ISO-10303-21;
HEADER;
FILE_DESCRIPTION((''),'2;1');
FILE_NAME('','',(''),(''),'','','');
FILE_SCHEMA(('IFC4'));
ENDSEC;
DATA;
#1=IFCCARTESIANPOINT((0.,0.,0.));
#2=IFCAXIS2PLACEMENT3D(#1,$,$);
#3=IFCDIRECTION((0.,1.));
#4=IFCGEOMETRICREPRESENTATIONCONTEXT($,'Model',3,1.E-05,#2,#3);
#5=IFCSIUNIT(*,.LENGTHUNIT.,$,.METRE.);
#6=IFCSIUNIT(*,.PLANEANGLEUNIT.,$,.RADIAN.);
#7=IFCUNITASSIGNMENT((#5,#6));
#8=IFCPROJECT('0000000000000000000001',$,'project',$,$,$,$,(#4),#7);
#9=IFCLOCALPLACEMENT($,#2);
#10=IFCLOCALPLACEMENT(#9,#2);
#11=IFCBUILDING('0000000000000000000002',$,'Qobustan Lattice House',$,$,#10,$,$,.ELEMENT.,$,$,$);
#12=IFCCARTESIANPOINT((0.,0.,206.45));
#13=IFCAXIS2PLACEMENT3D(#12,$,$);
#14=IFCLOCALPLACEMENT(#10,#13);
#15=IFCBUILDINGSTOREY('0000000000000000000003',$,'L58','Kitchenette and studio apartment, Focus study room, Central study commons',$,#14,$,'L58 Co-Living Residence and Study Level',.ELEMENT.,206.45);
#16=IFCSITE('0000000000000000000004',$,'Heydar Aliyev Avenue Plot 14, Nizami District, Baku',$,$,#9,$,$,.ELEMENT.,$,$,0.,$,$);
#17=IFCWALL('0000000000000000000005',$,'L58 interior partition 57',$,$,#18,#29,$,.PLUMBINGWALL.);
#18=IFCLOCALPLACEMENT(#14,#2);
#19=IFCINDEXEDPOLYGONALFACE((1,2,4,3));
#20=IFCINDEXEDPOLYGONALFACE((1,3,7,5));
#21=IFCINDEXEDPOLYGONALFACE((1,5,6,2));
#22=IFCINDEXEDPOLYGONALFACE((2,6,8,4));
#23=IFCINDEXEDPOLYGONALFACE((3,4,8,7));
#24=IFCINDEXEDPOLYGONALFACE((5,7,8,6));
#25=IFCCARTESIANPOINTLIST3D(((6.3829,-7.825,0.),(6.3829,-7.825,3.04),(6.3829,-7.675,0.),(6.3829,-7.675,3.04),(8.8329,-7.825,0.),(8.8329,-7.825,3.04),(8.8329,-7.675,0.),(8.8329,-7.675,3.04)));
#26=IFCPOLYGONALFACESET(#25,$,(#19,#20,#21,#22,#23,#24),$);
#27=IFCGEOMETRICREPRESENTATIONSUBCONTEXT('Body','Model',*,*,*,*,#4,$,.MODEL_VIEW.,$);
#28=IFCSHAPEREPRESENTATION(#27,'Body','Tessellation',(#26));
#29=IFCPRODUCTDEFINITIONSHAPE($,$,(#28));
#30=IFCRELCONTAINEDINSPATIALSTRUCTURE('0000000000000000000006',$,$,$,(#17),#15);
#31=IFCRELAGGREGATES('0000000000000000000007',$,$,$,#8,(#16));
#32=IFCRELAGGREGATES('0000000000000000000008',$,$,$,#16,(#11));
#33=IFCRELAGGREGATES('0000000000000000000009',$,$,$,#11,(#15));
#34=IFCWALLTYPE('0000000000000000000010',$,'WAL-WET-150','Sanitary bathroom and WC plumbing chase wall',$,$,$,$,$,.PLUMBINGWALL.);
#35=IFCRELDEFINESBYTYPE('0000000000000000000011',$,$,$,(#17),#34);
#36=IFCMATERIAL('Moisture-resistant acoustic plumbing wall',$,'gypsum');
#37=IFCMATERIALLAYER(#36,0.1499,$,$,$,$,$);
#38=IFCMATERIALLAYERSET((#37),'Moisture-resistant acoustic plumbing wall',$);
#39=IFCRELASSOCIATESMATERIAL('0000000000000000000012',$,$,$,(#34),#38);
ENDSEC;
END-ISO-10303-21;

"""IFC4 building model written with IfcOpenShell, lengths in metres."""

from ifc_helpers import new_model, si_unit, direction, frame, frame_2d, origin, place, context, subcontext, project, spatial, rectangle, extrude, material, layer, layer_set, type_object, element, save


model = new_model("IFC4")

# Units and contexts
model_context = context("Model", 3, precision=1e-05, world=origin(), true_north=direction((0.0, 1.0)))
body_context = subcontext(model_context, "Body", "Model", "MODEL_VIEW")
ifc_project = project(units=[si_unit("LENGTHUNIT", "METRE"), si_unit("PLANEANGLEUNIT", "RADIAN")], contexts=[model_context])

# Site, building, storey
site_placement = place(None, origin())
site = spatial("IfcSite", under=ifc_project, at=site_placement, Name="Heydar Aliyev Avenue Plot 14, Nizami District, Baku", CompositionType="ELEMENT", RefElevation=0.0)
building_placement = place(site_placement, origin())
building = spatial("IfcBuilding", under=site, at=building_placement, Name="Qobustan Lattice House", CompositionType="ELEMENT")
storey_placement = place(building_placement, frame((0.0, 0.0, 206.45)))
storey = spatial("IfcBuildingStorey", under=building, at=storey_placement, Name="L58", Description="Kitchenette and studio apartment, Focus study room, Central study commons", LongName="L58 Co-Living Residence and Study Level", CompositionType="ELEMENT", Elevation=206.45)

# Wall
ifc_material_1 = material(Name="Moisture-resistant acoustic plumbing wall", Category="gypsum")
ifc_layer_1 = layer(ifc_material_1, 0.1499)
ifc_layer_set_1 = layer_set([ifc_layer_1], Name="Moisture-resistant acoustic plumbing wall")
wall_type_1 = type_object("IfcWallType", Name="WAL-WET-150", Description="Sanitary bathroom and WC plumbing chase wall", PredefinedType="PLUMBINGWALL", material=ifc_layer_set_1)
wall_1_placement = place(storey_placement, frame((8.833, -7.75, 0.0), z_axis=(0.0, 0.0, 1.0), x_axis=(-1.0, 0.0, 0.0)))
element("IfcWall", 1, at=wall_1_placement, inside=storey, type_object=wall_type_1, Name="L58 interior partition 57", PredefinedType="PLUMBINGWALL", context=body_context, shape_type="SweptSolid", body=[
    extrude(rectangle(XDim=2.45, YDim=0.1499, at=frame_2d((1.2251, 0.0))), origin(), (0.0, 0.0, 1.0), 3.04),
])

save(model, "model.ifc")
